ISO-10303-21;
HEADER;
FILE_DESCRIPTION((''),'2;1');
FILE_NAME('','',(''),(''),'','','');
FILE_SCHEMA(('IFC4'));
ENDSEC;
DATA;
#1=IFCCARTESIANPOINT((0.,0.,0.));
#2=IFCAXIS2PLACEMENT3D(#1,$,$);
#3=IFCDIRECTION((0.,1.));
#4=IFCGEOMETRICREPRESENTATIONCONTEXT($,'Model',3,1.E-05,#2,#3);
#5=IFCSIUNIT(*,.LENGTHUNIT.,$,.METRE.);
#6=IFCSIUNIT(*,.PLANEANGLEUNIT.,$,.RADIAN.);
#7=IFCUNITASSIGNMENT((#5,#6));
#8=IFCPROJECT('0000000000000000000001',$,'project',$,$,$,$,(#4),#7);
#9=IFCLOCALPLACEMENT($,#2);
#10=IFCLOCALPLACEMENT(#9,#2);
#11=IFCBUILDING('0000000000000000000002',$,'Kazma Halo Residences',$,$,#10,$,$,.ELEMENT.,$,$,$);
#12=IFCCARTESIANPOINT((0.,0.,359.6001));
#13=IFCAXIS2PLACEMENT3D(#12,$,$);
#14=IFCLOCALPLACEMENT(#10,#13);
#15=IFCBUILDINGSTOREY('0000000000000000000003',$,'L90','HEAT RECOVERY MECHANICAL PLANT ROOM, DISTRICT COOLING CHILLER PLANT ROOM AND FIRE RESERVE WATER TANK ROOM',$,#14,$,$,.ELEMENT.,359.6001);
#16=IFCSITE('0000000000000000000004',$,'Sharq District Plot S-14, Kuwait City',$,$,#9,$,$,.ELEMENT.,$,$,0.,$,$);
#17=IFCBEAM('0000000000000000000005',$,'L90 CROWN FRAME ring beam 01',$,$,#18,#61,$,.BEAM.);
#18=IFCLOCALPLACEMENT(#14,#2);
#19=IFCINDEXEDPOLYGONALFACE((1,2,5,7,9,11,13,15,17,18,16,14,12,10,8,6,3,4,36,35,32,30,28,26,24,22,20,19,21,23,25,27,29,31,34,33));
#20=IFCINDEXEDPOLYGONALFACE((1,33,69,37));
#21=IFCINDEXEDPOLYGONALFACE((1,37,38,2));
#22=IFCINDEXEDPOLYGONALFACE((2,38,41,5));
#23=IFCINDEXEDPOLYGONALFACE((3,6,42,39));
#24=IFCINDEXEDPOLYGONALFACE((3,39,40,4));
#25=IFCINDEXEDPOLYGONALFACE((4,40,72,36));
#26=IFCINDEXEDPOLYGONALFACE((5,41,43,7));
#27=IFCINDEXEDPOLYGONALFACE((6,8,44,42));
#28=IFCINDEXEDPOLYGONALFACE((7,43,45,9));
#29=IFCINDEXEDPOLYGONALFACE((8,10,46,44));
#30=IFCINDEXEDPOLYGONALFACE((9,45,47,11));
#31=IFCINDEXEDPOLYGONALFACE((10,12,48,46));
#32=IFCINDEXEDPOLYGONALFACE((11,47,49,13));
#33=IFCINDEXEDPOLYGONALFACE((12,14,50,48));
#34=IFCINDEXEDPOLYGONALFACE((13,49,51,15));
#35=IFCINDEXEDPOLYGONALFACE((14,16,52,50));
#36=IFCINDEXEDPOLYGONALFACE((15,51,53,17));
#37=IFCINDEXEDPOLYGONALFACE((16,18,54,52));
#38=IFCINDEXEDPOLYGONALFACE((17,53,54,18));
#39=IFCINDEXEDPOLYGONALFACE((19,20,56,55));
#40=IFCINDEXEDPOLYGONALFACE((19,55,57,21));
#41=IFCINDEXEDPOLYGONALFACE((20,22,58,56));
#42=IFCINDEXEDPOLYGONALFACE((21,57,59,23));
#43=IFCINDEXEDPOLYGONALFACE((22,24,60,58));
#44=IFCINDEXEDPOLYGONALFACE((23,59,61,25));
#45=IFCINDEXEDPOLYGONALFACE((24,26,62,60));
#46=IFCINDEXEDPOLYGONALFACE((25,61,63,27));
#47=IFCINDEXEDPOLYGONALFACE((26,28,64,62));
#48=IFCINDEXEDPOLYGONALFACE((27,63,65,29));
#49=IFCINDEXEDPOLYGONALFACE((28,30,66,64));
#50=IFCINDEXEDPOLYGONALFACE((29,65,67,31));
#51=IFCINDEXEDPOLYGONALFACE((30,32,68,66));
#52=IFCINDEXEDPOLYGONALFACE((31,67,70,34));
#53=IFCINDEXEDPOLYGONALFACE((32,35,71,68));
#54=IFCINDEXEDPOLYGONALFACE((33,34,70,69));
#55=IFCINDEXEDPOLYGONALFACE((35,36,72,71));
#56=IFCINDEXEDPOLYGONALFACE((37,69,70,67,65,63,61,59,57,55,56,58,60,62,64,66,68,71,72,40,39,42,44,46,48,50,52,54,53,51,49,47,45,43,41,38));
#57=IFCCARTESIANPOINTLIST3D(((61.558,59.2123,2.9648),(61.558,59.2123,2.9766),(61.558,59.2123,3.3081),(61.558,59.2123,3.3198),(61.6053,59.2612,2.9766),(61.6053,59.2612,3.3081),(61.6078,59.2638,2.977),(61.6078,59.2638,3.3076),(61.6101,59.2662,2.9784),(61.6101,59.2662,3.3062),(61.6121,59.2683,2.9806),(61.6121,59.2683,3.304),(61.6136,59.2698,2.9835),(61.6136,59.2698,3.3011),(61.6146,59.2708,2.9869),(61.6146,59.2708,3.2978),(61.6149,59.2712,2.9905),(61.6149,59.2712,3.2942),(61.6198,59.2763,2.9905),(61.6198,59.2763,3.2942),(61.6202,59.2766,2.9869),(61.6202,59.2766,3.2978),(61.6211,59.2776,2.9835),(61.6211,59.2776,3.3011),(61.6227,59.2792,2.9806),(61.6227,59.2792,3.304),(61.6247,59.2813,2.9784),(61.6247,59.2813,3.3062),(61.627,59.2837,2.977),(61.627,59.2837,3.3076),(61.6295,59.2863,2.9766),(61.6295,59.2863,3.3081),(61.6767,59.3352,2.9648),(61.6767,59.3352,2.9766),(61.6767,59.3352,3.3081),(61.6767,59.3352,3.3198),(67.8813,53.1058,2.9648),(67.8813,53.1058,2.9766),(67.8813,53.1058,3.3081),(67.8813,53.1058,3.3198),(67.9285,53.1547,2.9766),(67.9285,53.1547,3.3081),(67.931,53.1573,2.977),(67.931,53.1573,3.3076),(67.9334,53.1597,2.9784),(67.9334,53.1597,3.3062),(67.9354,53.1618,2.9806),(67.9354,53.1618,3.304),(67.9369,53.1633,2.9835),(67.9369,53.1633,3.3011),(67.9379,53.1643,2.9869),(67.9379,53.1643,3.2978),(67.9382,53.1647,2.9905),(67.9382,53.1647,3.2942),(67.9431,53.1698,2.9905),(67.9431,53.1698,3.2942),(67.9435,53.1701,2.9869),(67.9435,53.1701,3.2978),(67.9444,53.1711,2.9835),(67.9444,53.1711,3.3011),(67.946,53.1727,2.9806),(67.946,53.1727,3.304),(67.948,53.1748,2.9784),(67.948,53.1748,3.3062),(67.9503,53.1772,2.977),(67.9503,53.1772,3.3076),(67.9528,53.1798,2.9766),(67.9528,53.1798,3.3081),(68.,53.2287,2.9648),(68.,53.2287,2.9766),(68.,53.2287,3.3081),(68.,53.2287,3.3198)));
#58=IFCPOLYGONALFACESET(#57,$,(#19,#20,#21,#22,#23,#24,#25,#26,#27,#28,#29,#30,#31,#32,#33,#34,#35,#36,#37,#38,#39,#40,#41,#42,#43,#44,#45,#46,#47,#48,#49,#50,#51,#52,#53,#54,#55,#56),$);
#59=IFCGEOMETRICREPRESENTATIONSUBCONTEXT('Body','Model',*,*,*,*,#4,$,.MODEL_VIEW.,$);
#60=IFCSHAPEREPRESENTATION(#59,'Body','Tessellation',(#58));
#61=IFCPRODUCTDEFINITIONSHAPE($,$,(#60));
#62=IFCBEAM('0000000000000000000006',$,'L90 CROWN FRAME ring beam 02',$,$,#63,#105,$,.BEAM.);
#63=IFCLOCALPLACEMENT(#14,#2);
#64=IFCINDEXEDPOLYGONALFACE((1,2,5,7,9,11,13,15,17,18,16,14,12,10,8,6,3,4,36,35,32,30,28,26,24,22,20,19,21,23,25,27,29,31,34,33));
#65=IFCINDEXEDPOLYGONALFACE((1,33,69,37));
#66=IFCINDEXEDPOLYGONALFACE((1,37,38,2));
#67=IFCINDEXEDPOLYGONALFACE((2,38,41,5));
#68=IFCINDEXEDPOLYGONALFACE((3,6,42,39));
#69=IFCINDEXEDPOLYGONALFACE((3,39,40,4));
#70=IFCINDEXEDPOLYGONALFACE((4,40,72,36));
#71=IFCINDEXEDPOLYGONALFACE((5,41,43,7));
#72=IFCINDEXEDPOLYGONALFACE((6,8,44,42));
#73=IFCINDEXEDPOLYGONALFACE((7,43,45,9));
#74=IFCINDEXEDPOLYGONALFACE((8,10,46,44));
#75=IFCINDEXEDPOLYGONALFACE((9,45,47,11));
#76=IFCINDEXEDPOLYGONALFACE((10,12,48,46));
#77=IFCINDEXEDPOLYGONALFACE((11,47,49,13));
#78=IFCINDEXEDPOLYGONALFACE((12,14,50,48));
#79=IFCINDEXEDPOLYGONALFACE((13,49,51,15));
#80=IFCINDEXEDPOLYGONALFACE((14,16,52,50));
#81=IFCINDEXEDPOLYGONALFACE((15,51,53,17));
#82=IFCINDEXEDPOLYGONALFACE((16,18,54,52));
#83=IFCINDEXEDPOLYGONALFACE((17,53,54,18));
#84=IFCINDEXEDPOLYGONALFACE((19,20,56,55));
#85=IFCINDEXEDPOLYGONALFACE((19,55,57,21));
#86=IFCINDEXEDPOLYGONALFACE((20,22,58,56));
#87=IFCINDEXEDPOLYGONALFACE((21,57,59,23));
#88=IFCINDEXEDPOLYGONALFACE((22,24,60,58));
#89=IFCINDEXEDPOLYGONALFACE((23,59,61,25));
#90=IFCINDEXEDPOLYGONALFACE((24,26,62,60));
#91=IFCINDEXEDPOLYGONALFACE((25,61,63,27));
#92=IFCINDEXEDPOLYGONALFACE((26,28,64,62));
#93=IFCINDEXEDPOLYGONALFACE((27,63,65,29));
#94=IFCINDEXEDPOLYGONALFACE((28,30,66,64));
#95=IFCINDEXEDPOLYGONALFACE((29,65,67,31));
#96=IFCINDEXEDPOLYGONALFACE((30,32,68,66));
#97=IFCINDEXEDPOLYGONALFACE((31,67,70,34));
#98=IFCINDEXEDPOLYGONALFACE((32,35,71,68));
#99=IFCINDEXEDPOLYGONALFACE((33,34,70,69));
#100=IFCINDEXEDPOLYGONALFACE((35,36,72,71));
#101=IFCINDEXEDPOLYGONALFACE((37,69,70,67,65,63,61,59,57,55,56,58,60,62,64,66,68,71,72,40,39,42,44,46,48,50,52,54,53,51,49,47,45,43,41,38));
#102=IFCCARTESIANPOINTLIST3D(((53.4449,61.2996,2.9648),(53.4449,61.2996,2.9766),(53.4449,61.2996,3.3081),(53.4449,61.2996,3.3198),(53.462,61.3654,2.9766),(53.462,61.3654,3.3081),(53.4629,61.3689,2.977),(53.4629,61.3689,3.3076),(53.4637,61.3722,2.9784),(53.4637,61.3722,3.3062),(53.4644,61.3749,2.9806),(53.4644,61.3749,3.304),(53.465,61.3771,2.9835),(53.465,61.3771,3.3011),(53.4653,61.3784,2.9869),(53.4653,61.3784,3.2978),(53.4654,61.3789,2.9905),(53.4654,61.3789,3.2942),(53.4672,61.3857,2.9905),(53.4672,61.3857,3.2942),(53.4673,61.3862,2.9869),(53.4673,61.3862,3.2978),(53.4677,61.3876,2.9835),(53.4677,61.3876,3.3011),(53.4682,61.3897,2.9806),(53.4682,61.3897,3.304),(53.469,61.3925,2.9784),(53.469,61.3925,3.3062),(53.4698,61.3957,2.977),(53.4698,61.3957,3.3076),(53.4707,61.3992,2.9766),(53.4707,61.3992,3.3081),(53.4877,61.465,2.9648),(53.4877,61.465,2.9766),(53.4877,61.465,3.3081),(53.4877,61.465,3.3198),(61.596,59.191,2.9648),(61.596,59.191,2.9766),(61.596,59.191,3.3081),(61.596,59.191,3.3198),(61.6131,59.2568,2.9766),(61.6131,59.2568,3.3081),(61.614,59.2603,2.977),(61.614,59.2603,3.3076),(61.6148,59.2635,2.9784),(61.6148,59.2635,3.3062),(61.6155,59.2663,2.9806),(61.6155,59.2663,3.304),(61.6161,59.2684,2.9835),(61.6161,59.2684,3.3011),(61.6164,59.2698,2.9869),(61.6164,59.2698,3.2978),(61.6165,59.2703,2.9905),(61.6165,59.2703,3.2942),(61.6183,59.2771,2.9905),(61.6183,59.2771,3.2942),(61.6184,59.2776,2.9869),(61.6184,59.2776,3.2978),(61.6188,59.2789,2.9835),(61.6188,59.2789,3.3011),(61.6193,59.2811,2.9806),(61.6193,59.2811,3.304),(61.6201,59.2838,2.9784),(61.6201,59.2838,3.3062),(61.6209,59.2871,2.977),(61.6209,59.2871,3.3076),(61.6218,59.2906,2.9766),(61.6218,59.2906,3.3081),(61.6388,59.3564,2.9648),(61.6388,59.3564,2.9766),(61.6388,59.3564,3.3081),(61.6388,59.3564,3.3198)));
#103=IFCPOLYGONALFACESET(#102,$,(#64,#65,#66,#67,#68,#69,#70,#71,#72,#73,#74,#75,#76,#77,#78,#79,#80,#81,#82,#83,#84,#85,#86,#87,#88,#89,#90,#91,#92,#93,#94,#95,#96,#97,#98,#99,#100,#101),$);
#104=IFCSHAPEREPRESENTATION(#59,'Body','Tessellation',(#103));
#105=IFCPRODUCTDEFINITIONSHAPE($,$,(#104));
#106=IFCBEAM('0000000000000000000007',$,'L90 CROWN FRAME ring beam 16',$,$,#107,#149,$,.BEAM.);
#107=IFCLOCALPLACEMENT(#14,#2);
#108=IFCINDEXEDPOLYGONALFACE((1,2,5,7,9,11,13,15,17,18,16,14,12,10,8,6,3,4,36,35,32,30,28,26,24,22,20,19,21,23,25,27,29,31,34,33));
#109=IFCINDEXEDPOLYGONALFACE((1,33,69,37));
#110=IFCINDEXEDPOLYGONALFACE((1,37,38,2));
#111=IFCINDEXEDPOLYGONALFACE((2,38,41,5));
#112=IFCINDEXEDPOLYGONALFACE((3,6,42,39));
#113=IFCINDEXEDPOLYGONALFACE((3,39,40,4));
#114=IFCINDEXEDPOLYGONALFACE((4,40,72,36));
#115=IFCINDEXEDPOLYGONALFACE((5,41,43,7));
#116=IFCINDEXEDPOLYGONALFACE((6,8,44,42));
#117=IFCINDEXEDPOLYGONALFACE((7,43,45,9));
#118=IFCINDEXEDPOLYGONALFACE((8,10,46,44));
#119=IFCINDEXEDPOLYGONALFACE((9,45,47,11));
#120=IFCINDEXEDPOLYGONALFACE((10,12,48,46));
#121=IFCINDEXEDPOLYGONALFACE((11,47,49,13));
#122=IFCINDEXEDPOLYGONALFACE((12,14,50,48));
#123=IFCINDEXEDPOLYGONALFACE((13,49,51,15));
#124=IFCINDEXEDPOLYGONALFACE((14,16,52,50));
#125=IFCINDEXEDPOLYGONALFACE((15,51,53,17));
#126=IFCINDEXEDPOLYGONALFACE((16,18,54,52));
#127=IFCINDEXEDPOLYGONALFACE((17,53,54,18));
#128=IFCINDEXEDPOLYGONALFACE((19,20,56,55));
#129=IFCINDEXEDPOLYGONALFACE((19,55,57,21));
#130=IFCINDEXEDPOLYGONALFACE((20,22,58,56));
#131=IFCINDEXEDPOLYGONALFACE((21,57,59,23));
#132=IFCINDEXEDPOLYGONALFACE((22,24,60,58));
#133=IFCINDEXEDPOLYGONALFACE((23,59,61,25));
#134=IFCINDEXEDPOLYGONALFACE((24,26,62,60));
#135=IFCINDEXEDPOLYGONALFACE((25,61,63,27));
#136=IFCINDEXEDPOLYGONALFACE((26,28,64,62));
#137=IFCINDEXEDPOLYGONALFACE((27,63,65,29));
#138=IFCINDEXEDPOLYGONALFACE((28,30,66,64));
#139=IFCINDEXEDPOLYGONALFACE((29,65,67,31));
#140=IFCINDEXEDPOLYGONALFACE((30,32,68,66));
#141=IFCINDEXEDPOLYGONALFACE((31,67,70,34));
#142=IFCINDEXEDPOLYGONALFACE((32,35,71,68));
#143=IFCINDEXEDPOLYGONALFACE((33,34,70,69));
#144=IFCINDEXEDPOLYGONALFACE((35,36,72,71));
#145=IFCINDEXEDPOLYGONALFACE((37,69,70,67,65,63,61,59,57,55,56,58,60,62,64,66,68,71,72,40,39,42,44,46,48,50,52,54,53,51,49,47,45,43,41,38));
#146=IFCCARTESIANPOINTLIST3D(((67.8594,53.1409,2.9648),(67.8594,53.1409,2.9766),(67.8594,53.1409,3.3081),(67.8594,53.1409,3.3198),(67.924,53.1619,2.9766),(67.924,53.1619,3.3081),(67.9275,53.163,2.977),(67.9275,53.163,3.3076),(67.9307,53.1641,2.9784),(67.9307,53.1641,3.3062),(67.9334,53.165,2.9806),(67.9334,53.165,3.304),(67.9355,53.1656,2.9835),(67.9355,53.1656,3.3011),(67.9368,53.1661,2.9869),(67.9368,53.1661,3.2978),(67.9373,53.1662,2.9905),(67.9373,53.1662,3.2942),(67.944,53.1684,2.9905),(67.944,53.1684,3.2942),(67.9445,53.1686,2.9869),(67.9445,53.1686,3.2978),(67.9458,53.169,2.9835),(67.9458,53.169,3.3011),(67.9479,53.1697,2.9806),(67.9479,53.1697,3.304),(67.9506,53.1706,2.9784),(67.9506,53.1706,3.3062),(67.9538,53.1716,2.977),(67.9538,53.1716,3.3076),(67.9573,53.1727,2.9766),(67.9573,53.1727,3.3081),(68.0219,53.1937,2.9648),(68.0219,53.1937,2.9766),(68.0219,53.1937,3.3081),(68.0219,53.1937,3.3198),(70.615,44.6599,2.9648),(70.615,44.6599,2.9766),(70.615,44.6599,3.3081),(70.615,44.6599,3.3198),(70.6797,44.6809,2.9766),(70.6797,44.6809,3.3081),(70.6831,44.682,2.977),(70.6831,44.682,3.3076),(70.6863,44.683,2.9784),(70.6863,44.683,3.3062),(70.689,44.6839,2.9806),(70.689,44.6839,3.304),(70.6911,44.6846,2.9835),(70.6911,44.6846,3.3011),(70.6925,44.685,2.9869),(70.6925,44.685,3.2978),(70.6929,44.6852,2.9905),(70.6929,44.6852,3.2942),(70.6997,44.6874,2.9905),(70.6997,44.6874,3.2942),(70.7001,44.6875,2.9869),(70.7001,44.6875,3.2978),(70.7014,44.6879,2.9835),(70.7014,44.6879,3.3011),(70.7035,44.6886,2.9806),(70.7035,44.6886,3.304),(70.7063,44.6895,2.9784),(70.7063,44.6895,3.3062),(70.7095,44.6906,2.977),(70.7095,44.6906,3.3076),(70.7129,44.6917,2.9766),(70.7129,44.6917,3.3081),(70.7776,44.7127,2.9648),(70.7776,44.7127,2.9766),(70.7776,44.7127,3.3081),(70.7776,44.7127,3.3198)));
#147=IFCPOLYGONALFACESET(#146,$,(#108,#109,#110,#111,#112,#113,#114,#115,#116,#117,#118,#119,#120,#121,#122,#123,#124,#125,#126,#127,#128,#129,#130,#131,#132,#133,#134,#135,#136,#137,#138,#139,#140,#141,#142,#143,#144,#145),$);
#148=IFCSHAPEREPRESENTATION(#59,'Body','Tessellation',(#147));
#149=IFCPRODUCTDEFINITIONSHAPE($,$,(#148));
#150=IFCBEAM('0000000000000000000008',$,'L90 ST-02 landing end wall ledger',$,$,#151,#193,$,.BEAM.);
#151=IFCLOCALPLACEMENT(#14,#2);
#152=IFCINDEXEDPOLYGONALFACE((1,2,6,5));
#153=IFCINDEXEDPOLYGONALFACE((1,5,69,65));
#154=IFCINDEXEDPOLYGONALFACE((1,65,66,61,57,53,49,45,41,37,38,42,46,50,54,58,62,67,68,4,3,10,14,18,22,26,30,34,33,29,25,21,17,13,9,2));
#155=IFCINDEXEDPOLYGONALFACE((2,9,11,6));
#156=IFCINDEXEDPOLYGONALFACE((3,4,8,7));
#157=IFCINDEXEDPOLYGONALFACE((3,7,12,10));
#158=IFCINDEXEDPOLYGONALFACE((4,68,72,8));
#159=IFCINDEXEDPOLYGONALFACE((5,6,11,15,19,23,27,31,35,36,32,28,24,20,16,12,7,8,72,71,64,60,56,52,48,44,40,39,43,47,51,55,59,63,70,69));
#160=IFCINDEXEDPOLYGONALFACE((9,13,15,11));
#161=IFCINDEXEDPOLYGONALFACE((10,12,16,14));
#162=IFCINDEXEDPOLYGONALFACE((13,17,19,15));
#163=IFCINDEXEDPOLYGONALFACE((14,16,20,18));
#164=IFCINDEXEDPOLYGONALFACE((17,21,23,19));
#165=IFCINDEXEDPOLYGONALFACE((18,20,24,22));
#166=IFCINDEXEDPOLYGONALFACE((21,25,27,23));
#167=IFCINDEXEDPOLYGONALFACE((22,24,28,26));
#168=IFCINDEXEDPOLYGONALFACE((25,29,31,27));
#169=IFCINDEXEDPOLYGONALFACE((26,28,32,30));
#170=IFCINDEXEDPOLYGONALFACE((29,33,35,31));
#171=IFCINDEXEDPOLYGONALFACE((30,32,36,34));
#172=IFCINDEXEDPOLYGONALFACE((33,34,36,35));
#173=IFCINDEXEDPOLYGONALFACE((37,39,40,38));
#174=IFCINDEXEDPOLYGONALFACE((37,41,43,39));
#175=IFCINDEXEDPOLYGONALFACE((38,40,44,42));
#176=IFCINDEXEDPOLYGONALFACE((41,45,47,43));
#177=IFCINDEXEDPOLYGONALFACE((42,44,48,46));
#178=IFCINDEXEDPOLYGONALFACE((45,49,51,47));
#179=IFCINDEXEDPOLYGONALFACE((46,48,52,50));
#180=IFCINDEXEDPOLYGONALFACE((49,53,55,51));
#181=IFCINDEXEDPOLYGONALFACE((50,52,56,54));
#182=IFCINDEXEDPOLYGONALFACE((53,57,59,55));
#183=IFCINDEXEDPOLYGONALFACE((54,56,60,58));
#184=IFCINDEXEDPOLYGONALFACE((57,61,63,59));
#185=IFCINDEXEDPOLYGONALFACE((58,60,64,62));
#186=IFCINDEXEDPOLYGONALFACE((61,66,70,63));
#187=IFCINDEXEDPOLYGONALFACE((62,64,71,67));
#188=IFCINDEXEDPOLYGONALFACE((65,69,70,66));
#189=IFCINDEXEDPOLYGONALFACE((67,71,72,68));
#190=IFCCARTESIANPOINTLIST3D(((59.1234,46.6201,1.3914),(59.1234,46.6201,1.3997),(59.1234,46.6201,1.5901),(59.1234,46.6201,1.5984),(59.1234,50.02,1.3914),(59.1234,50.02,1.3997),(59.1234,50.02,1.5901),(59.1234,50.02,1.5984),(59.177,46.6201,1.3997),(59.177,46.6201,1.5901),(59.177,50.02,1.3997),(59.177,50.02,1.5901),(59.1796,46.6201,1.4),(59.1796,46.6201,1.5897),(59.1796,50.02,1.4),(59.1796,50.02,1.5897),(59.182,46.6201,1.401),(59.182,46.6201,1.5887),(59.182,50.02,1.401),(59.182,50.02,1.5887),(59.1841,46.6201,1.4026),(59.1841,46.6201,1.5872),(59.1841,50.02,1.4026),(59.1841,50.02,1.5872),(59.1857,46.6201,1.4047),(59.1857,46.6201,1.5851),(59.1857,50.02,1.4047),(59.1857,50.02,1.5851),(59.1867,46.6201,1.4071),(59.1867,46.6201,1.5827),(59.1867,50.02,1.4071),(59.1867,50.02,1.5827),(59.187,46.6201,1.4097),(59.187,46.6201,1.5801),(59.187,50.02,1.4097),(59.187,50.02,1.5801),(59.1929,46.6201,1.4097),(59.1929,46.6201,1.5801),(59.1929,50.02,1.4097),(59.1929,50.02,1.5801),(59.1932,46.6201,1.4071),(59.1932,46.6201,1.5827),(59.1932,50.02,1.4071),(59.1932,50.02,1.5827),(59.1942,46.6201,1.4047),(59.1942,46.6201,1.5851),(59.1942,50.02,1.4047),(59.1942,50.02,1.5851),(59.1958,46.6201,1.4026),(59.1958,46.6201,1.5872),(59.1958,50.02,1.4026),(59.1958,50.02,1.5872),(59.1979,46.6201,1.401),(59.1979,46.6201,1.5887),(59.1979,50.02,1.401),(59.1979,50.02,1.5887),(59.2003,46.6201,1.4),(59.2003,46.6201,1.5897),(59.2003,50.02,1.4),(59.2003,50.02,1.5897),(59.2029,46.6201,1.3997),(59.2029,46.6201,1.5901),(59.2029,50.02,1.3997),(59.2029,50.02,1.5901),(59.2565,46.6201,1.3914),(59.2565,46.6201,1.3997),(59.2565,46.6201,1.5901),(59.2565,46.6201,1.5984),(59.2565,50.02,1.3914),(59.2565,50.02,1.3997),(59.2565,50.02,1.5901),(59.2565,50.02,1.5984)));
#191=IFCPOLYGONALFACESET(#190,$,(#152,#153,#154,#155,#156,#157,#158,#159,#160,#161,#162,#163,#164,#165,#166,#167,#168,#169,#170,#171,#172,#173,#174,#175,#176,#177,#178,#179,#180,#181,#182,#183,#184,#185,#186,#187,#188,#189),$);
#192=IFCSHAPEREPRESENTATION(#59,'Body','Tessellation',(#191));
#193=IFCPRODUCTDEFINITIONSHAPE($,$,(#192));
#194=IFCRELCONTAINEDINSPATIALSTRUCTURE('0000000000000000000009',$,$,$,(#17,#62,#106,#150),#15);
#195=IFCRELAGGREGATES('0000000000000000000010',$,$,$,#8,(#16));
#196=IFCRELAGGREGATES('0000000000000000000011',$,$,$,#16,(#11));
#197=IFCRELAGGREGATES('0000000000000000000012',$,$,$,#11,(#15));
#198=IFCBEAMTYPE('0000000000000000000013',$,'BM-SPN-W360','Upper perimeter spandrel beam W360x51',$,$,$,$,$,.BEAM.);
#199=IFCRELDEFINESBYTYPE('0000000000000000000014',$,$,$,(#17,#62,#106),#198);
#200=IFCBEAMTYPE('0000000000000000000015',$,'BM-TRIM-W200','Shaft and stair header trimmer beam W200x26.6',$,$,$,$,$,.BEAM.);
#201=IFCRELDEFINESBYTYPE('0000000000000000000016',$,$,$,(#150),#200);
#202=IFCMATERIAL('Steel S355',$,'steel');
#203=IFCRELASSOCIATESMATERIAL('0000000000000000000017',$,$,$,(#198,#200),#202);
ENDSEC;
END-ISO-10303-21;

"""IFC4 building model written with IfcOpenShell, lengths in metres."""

from ifc_helpers import new_model, si_unit, direction, frame, origin, origin_2d, place, context, subcontext, project, spatial, i_section, extrude, material, material_profile, profile_set, type_object, element, save


model = new_model("IFC4")

# Units and contexts
model_context = context("Model", 3, precision=1e-05, world=origin(), true_north=direction((0.0, 1.0)))
body_context = subcontext(model_context, "Body", "Model", "MODEL_VIEW")
ifc_project = project(units=[si_unit("LENGTHUNIT", "METRE"), si_unit("PLANEANGLEUNIT", "RADIAN")], contexts=[model_context])

# Site, building, storey
site_placement = place(None, origin())
site = spatial("IfcSite", under=ifc_project, at=site_placement, Name="Sharq District Plot S-14, Kuwait City", CompositionType="ELEMENT", RefElevation=0.0)
building_placement = place(site_placement, origin())
building = spatial("IfcBuilding", under=site, at=building_placement, Name="Kazma Halo Residences", CompositionType="ELEMENT")
storey_placement = place(building_placement, frame((0.0, 0.0, 359.6001)))
storey = spatial("IfcBuildingStorey", under=building, at=storey_placement, Name="L90", Description="HEAT RECOVERY MECHANICAL PLANT ROOM, DISTRICT COOLING CHILLER PLANT ROOM AND FIRE RESERVE WATER TANK ROOM", CompositionType="ELEMENT", Elevation=359.6001)

# Shared definitions
ifc_material_1 = material(Name="Steel S355", Category="steel")

# Beams
ifc_material_profile_1 = material_profile(ifc_material_1, i_section(OverallWidth=0.1709, OverallDepth=0.355, WebThickness=0.0071, FlangeThickness=0.0117, FilletRadius=0.0139, at=origin_2d()), Name="W360x51")
ifc_profile_set_1 = profile_set([ifc_material_profile_1], Name="Steel S355")
beam_type_1 = type_object("IfcBeamType", Name="BM-SPN-W360", Description="Upper perimeter spandrel beam W360x51", PredefinedType="BEAM", material=ifc_profile_set_1)
beam_1_placement = place(storey_placement, frame((67.9407, 53.1672, 3.1423), z_axis=(-0.719331, 0.694668, 0.0), x_axis=(-0.694668, -0.719331, 0.0)))
element("IfcBeam", 1, at=beam_1_placement, inside=storey, type_object=beam_type_1, Name="L90 CROWN FRAME ring beam 01", PredefinedType="BEAM", context=body_context, shape_type="SweptSolid", body=[
    extrude(i_section(OverallWidth=0.1709, OverallDepth=0.355, WebThickness=0.0071, FlangeThickness=0.0117, FilletRadius=0.0139, at=origin_2d()), origin(), (0.0, 0.0, 1.0), 8.7905),
])
beam_2_placement = place(storey_placement, frame((61.6174, 59.2737, 3.1423), z_axis=(-0.96813, 0.250449, 0.0), x_axis=(-0.250449, -0.96813, 0.0)))
element("IfcBeam", 2, at=beam_2_placement, inside=storey, type_object=beam_type_1, Name="L90 CROWN FRAME ring beam 02", PredefinedType="BEAM", context=body_context, shape_type="SweptSolid", body=[
    extrude(i_section(OverallWidth=0.1709, OverallDepth=0.355, WebThickness=0.0071, FlangeThickness=0.0117, FilletRadius=0.0139, at=origin_2d()), origin(), (0.0, 0.0, 1.0), 8.4194),
])
beam_3_placement = place(storey_placement, frame((70.6963, 44.6863, 3.1423), z_axis=(-0.309015, 0.951057, 0.0), x_axis=(-0.951057, -0.309015, 0.0)))
element("IfcBeam", 3, at=beam_3_placement, inside=storey, type_object=beam_type_1, Name="L90 CROWN FRAME ring beam 16", PredefinedType="BEAM", context=body_context, shape_type="SweptSolid", body=[
    extrude(i_section(OverallWidth=0.1709, OverallDepth=0.355, WebThickness=0.0071, FlangeThickness=0.0117, FilletRadius=0.0139, at=origin_2d()), origin(), (0.0, 0.0, 1.0), 8.9175),
])
ifc_material_profile_2 = material_profile(ifc_material_1, i_section(OverallWidth=0.1331, OverallDepth=0.207, WebThickness=0.0059, FlangeThickness=0.0083, FilletRadius=0.01, at=origin_2d()), Name="W200x26.6")
ifc_profile_set_2 = profile_set([ifc_material_profile_2], Name="Steel S355")
beam_type_2 = type_object("IfcBeamType", Name="BM-TRIM-W200", Description="Shaft and stair header trimmer beam W200x26.6", PredefinedType="BEAM", material=ifc_profile_set_2)
beam_4_placement = place(storey_placement, frame((59.1899, 46.6201, 1.4949), z_axis=(0.0, 1.0, 0.0), x_axis=(-1.0, 0.0, 0.0)))
element("IfcBeam", 4, at=beam_4_placement, inside=storey, type_object=beam_type_2, Name="L90 ST-02 landing end wall ledger", PredefinedType="BEAM", context=body_context, shape_type="SweptSolid", body=[
    extrude(i_section(OverallWidth=0.1331, OverallDepth=0.207, WebThickness=0.0059, FlangeThickness=0.0083, FilletRadius=0.01, at=origin_2d()), origin(), (0.0, 0.0, 1.0), 3.3999),
])

save(model, "model.ifc")
